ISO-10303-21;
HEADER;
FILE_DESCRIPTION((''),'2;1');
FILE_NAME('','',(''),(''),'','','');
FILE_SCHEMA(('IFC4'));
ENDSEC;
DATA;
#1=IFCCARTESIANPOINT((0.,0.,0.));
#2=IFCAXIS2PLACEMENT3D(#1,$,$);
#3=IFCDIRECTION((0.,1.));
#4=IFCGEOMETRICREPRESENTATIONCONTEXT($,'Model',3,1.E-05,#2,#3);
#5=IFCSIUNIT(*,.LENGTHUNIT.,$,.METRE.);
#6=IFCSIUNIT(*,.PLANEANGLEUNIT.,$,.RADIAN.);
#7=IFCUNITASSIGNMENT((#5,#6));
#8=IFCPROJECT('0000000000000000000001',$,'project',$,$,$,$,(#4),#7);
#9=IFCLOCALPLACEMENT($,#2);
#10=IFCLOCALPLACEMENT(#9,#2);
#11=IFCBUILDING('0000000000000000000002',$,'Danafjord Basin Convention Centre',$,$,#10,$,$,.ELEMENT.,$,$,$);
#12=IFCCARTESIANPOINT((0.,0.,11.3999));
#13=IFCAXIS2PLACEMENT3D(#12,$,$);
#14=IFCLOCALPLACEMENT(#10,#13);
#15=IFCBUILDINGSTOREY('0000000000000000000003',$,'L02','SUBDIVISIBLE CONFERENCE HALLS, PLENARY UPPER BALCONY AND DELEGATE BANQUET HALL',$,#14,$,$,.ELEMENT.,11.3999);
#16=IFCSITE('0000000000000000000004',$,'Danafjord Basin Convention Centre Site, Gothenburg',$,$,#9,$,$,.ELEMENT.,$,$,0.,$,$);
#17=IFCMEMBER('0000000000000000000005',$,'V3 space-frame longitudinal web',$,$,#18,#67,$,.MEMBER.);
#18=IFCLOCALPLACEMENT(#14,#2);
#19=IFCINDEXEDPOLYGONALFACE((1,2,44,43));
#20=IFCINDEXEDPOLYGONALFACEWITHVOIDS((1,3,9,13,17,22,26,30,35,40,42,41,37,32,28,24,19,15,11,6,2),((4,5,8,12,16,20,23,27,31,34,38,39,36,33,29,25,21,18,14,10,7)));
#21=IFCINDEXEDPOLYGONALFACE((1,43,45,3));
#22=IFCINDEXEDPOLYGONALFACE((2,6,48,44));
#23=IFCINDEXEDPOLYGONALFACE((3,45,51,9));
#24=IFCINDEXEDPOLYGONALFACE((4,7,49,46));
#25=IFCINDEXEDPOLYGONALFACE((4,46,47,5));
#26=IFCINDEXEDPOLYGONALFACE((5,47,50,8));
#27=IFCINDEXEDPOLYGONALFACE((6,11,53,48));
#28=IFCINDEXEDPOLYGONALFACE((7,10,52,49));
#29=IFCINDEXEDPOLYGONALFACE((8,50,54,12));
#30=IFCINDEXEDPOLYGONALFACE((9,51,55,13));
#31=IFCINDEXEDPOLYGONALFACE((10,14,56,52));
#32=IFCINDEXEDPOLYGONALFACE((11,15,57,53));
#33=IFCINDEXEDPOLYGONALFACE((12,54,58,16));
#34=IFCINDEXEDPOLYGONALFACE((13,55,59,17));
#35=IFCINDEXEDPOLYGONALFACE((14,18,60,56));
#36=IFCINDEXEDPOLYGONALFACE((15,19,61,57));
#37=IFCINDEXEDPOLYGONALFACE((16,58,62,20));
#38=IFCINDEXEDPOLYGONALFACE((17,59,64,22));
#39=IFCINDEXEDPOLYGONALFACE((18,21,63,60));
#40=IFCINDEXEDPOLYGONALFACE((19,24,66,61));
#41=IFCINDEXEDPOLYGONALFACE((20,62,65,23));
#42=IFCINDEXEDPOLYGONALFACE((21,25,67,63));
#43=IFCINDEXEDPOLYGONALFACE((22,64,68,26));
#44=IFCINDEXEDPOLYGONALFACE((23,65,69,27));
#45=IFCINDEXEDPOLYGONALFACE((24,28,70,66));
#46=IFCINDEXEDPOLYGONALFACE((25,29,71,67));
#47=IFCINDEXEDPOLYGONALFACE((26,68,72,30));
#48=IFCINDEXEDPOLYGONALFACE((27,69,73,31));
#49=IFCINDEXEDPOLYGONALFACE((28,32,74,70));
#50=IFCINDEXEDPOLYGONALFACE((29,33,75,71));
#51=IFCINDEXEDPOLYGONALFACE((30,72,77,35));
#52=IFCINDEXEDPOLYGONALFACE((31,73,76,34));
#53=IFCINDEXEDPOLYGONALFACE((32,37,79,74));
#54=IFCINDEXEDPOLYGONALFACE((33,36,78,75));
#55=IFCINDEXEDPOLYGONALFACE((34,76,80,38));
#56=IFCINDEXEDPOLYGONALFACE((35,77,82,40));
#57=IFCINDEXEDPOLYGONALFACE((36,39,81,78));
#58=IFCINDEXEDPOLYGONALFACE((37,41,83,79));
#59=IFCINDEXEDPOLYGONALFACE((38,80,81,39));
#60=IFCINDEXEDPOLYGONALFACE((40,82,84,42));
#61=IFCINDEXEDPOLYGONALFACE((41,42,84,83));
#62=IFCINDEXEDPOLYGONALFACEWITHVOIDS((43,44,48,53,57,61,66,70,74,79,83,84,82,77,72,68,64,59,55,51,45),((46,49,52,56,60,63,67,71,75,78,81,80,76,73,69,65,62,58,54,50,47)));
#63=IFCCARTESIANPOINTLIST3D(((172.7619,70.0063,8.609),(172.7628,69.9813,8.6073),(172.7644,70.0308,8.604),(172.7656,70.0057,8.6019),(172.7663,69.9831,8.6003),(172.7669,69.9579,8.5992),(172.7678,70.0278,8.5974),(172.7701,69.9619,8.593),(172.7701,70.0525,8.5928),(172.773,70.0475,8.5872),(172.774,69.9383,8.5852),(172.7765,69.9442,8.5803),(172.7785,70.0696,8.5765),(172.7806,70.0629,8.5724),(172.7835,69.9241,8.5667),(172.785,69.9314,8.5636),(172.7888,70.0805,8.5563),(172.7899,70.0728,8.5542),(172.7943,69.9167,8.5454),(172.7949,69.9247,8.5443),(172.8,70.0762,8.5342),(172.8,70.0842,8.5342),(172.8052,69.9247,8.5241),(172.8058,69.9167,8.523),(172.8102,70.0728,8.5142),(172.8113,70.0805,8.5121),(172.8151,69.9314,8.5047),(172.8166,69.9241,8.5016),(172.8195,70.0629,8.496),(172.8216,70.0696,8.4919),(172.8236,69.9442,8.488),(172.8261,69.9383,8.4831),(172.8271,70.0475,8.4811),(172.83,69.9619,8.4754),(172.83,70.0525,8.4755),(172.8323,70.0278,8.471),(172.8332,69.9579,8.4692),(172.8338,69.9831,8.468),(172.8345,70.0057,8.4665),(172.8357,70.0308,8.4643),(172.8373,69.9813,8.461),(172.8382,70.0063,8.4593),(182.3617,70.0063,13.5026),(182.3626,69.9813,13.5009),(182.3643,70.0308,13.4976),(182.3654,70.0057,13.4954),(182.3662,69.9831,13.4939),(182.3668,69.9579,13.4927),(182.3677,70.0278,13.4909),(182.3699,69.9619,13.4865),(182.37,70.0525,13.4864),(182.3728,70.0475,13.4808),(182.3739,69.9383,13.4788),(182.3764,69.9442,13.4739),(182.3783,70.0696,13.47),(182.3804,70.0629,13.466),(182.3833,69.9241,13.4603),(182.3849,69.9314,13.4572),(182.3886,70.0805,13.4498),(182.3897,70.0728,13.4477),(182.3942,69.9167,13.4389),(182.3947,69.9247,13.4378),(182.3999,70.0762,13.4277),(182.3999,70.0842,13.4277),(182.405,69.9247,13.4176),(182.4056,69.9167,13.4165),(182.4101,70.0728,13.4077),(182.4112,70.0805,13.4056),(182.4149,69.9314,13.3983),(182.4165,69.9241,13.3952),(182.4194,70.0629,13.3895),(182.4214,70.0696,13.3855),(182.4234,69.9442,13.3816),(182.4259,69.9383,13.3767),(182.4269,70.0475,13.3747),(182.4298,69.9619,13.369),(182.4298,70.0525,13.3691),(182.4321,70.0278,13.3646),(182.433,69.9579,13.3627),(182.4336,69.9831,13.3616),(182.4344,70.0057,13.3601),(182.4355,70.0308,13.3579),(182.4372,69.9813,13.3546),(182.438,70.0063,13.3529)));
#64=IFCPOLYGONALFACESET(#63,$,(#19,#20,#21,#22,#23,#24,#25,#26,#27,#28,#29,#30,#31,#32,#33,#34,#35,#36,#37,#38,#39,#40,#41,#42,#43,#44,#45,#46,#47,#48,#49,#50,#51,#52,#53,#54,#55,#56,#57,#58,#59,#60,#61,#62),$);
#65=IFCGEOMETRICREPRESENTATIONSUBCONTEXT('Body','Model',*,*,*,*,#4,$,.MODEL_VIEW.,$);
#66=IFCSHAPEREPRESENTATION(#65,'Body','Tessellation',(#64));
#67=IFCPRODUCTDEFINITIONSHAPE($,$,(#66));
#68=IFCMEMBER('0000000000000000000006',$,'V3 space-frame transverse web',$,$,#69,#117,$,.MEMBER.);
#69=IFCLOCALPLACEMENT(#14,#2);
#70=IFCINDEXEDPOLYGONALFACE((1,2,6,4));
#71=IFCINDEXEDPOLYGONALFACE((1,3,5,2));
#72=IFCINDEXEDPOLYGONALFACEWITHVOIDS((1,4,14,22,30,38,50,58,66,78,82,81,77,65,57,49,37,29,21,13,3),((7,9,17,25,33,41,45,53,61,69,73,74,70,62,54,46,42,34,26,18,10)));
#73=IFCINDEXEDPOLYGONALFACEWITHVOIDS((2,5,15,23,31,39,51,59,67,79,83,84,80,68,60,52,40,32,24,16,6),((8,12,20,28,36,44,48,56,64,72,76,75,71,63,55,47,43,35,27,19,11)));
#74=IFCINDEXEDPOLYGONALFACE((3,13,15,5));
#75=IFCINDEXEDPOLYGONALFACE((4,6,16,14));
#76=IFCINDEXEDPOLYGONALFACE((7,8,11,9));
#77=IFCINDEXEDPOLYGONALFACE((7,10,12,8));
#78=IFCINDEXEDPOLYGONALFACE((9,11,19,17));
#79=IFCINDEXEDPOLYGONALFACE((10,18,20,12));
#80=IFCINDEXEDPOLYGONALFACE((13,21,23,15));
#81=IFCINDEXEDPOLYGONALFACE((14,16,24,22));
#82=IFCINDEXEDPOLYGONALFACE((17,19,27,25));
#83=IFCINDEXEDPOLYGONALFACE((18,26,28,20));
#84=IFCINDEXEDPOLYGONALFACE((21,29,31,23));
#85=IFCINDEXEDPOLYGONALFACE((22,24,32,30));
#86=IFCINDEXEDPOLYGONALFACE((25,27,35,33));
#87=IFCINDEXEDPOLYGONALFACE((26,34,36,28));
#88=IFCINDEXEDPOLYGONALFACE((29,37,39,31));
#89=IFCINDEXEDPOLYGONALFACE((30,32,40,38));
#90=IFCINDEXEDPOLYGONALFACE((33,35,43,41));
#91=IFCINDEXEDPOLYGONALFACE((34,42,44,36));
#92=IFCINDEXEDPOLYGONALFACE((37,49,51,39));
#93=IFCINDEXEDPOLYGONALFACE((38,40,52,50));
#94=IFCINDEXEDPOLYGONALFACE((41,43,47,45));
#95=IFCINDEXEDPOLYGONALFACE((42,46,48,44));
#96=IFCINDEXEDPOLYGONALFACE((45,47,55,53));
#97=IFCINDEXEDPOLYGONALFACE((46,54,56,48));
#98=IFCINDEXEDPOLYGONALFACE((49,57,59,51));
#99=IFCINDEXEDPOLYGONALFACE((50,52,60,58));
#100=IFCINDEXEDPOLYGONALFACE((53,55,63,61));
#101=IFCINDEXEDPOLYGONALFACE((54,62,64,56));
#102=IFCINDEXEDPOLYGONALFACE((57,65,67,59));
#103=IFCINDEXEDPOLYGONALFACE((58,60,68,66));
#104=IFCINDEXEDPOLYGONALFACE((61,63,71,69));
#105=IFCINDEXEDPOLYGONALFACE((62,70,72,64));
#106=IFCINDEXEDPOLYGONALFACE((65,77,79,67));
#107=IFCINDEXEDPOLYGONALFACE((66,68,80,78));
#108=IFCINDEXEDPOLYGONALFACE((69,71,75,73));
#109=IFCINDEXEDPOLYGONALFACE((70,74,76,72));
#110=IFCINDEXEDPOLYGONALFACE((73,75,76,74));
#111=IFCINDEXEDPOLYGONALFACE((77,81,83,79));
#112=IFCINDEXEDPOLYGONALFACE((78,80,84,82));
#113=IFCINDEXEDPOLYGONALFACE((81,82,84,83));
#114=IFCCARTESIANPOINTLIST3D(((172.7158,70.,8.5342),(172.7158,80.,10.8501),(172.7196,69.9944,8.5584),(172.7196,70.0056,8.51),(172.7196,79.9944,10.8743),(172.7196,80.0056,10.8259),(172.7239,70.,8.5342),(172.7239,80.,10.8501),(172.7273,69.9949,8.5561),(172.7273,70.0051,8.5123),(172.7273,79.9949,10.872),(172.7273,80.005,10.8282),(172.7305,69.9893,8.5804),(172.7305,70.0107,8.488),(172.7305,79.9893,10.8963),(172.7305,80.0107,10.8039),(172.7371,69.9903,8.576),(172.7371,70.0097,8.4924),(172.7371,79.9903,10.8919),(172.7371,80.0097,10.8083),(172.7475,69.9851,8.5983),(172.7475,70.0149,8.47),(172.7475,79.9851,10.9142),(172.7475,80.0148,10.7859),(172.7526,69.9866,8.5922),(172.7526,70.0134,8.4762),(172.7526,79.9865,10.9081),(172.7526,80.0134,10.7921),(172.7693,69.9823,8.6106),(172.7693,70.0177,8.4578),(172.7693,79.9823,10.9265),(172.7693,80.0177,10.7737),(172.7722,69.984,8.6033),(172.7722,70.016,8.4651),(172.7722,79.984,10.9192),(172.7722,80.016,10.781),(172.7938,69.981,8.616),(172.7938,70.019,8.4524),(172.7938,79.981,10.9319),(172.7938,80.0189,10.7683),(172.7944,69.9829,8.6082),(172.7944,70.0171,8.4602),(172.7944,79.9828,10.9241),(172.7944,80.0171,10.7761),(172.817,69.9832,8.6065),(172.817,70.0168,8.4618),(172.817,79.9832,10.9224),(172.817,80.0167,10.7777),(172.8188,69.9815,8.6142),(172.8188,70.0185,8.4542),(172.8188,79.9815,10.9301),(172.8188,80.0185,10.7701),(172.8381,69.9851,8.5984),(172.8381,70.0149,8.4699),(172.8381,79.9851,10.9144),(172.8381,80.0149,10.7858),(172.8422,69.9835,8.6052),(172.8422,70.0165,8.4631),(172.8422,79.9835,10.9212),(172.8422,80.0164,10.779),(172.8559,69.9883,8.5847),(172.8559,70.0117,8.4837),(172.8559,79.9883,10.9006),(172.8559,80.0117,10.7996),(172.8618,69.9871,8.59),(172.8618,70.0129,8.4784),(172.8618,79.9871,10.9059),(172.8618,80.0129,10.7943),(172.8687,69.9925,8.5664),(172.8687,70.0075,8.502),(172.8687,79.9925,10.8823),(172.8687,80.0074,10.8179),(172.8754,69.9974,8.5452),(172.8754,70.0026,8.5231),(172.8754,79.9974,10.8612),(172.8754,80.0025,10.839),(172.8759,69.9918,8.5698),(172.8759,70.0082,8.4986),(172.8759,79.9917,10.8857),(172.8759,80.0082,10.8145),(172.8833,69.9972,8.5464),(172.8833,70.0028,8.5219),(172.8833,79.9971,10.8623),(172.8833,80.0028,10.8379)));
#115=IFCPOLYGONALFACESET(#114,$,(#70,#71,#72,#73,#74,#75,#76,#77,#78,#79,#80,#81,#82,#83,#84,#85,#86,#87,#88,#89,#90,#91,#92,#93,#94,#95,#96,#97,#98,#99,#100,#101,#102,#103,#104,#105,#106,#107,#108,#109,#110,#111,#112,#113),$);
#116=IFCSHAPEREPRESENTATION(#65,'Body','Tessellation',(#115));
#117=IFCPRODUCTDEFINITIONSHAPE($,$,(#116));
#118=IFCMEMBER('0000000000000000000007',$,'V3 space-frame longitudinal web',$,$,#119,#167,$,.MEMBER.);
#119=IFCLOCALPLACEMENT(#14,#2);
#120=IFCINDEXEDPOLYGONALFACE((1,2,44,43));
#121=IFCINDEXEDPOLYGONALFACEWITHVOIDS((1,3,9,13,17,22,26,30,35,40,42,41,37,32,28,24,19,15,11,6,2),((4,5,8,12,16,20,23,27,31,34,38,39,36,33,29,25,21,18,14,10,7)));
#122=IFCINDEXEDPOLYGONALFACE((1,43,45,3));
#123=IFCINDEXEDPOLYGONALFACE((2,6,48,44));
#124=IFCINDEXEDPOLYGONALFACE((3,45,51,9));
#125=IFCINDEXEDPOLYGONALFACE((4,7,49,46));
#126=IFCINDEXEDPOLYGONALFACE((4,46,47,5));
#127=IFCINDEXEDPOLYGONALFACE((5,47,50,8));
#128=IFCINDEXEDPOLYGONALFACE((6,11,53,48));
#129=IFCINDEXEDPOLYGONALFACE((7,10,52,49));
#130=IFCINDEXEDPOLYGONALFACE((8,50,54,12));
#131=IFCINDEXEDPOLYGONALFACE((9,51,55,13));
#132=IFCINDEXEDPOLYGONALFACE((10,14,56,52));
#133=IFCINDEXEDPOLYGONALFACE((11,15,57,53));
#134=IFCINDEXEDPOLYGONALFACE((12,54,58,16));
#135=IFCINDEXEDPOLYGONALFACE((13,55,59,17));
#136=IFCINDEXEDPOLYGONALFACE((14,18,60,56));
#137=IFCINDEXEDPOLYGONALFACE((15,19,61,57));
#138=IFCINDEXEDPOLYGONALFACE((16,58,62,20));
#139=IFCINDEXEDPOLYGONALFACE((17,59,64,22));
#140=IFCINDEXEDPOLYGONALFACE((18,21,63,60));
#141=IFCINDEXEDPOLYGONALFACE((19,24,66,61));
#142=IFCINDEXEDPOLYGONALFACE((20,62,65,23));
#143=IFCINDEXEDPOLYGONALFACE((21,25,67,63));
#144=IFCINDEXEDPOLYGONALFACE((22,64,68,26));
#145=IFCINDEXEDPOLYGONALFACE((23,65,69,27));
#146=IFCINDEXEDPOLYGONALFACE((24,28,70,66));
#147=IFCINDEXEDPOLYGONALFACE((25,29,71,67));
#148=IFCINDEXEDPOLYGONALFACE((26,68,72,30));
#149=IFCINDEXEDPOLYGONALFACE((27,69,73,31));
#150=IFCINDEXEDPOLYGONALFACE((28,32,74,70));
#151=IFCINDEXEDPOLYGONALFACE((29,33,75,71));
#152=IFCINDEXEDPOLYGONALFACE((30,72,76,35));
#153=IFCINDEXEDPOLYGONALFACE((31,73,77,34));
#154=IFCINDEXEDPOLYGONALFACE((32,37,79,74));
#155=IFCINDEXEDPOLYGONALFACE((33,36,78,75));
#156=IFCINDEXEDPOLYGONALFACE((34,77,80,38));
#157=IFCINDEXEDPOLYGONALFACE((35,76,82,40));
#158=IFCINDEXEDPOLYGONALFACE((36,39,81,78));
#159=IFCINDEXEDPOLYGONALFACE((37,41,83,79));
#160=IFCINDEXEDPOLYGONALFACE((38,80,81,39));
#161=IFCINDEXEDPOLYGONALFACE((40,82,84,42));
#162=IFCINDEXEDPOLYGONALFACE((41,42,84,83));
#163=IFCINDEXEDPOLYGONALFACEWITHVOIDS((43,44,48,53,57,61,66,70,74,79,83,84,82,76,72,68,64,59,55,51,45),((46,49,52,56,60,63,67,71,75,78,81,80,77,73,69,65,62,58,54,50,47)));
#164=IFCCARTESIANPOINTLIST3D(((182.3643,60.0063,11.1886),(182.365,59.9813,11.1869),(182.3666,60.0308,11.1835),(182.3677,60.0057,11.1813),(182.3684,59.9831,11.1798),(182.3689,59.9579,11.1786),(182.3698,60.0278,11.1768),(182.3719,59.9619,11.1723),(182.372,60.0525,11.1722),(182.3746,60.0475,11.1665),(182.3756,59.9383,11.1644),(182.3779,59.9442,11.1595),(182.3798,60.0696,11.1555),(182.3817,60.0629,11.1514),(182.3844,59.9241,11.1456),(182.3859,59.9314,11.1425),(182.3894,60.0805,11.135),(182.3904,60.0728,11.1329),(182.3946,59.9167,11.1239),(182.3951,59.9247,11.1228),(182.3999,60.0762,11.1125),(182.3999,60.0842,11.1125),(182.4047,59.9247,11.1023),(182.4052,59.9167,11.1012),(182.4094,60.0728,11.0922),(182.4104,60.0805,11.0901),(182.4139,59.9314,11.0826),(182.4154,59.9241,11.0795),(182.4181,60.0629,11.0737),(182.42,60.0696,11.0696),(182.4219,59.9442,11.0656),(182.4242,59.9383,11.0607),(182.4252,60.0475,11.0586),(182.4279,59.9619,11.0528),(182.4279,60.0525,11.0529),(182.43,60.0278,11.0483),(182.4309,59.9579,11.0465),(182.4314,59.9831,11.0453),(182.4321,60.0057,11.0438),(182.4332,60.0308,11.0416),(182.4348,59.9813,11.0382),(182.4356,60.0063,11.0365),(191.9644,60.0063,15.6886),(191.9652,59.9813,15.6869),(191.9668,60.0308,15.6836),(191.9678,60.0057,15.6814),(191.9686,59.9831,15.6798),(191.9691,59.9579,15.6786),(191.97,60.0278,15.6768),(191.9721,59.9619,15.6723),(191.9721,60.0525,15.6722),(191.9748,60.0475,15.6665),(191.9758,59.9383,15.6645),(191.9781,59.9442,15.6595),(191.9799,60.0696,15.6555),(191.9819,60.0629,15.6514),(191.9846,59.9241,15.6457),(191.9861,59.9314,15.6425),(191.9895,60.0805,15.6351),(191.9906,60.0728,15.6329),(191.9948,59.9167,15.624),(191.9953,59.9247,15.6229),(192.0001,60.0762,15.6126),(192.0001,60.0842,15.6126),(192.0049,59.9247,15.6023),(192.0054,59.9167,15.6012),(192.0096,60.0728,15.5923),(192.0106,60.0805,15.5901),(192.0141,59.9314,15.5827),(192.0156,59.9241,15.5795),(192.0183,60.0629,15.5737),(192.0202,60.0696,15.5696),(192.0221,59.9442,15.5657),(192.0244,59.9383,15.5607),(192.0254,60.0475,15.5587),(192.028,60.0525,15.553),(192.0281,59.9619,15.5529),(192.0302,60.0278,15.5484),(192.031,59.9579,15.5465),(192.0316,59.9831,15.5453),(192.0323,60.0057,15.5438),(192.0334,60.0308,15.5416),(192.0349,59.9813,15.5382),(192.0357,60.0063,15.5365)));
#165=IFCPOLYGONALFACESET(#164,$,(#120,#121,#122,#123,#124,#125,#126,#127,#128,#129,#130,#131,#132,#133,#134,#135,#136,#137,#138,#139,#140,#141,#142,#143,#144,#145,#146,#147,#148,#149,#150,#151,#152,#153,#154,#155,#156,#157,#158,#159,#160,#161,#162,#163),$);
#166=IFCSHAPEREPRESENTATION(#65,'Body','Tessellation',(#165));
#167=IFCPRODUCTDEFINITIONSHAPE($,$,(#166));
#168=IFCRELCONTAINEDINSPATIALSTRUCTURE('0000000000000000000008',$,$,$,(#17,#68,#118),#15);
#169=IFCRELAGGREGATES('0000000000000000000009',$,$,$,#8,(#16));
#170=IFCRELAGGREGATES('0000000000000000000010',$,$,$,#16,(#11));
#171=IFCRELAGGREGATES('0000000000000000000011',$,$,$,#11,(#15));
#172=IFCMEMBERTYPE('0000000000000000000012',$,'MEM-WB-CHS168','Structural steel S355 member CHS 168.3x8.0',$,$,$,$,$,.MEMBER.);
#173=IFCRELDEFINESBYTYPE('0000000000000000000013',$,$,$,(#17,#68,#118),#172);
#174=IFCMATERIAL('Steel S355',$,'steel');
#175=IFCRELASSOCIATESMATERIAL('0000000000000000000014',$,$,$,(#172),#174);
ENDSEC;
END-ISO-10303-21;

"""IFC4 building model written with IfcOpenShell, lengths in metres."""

from ifc_helpers import new_model, si_unit, direction, frame, origin, origin_2d, place, context, subcontext, project, spatial, hollow_circle, extrude, material, material_profile, profile_set, type_object, element, save


model = new_model("IFC4")

# Units and contexts
model_context = context("Model", 3, precision=1e-05, world=origin(), true_north=direction((0.0, 1.0)))
body_context = subcontext(model_context, "Body", "Model", "MODEL_VIEW")
ifc_project = project(units=[si_unit("LENGTHUNIT", "METRE"), si_unit("PLANEANGLEUNIT", "RADIAN")], contexts=[model_context])

# Site, building, storey
site_placement = place(None, origin())
site = spatial("IfcSite", under=ifc_project, at=site_placement, Name="Danafjord Basin Convention Centre Site, Gothenburg", CompositionType="ELEMENT", RefElevation=0.0)
building_placement = place(site_placement, origin())
building = spatial("IfcBuilding", under=site, at=building_placement, Name="Danafjord Basin Convention Centre", CompositionType="ELEMENT")
storey_placement = place(building_placement, frame((0.0, 0.0, 11.3999)))
storey = spatial("IfcBuildingStorey", under=building, at=storey_placement, Name="L02", Description="SUBDIVISIBLE CONFERENCE HALLS, PLENARY UPPER BALCONY AND DELEGATE BANQUET HALL", CompositionType="ELEMENT", Elevation=11.3999)

# Members
ifc_material = material(Name="Steel S355", Category="steel")
ifc_material_profile_1 = material_profile(ifc_material, hollow_circle(Radius=0.0842, WallThickness=0.0081, at=origin_2d()), Name="CHS 168.3x8.0")
ifc_profile_set_1 = profile_set([ifc_material_profile_1], Name="Steel S355")
member_type_1 = type_object("IfcMemberType", Name="MEM-WB-CHS168", Description="Structural steel S355 member CHS 168.3x8.0", PredefinedType="MEMBER", material=ifc_profile_set_1)
member_1_placement = place(storey_placement, frame((172.8, 70.0, 8.5342), z_axis=(0.890924, 0.0, 0.454151), x_axis=(0.0, 1.0, 0.0)))
element("IfcMember", 1, at=member_1_placement, inside=storey, type_object=member_type_1, Name="V3 space-frame longitudinal web", PredefinedType="MEMBER", context=body_context, shape_type="SweptSolid", body=[
    extrude(hollow_circle(Radius=0.0842, WallThickness=0.0081, at=origin_2d()), origin(), (0.0, 0.0, 1.0), 10.7751),
])
member_2_placement = place(storey_placement, frame((172.8, 70.0, 8.5342), z_axis=(0.0, 0.974215, 0.22562), x_axis=(-1.0, 0.0, 0.0)))
element("IfcMember", 2, at=member_2_placement, inside=storey, type_object=member_type_1, Name="V3 space-frame transverse web", PredefinedType="MEMBER", context=body_context, shape_type="SweptSolid", body=[
    extrude(hollow_circle(Radius=0.0842, WallThickness=0.0081, at=origin_2d()), origin(), (0.0, 0.0, 1.0), 10.2646),
])
member_3_placement = place(storey_placement, frame((182.3999, 60.0, 11.1125), z_axis=(0.905461, 0.0, 0.42443), x_axis=(0.0, 1.0, 0.0)))
element("IfcMember", 3, at=member_3_placement, inside=storey, type_object=member_type_1, Name="V3 space-frame longitudinal web", PredefinedType="MEMBER", context=body_context, shape_type="SweptSolid", body=[
    extrude(hollow_circle(Radius=0.0842, WallThickness=0.0081, at=origin_2d()), origin(), (0.0, 0.0, 1.0), 10.6025),
])

save(model, "model.ifc")
